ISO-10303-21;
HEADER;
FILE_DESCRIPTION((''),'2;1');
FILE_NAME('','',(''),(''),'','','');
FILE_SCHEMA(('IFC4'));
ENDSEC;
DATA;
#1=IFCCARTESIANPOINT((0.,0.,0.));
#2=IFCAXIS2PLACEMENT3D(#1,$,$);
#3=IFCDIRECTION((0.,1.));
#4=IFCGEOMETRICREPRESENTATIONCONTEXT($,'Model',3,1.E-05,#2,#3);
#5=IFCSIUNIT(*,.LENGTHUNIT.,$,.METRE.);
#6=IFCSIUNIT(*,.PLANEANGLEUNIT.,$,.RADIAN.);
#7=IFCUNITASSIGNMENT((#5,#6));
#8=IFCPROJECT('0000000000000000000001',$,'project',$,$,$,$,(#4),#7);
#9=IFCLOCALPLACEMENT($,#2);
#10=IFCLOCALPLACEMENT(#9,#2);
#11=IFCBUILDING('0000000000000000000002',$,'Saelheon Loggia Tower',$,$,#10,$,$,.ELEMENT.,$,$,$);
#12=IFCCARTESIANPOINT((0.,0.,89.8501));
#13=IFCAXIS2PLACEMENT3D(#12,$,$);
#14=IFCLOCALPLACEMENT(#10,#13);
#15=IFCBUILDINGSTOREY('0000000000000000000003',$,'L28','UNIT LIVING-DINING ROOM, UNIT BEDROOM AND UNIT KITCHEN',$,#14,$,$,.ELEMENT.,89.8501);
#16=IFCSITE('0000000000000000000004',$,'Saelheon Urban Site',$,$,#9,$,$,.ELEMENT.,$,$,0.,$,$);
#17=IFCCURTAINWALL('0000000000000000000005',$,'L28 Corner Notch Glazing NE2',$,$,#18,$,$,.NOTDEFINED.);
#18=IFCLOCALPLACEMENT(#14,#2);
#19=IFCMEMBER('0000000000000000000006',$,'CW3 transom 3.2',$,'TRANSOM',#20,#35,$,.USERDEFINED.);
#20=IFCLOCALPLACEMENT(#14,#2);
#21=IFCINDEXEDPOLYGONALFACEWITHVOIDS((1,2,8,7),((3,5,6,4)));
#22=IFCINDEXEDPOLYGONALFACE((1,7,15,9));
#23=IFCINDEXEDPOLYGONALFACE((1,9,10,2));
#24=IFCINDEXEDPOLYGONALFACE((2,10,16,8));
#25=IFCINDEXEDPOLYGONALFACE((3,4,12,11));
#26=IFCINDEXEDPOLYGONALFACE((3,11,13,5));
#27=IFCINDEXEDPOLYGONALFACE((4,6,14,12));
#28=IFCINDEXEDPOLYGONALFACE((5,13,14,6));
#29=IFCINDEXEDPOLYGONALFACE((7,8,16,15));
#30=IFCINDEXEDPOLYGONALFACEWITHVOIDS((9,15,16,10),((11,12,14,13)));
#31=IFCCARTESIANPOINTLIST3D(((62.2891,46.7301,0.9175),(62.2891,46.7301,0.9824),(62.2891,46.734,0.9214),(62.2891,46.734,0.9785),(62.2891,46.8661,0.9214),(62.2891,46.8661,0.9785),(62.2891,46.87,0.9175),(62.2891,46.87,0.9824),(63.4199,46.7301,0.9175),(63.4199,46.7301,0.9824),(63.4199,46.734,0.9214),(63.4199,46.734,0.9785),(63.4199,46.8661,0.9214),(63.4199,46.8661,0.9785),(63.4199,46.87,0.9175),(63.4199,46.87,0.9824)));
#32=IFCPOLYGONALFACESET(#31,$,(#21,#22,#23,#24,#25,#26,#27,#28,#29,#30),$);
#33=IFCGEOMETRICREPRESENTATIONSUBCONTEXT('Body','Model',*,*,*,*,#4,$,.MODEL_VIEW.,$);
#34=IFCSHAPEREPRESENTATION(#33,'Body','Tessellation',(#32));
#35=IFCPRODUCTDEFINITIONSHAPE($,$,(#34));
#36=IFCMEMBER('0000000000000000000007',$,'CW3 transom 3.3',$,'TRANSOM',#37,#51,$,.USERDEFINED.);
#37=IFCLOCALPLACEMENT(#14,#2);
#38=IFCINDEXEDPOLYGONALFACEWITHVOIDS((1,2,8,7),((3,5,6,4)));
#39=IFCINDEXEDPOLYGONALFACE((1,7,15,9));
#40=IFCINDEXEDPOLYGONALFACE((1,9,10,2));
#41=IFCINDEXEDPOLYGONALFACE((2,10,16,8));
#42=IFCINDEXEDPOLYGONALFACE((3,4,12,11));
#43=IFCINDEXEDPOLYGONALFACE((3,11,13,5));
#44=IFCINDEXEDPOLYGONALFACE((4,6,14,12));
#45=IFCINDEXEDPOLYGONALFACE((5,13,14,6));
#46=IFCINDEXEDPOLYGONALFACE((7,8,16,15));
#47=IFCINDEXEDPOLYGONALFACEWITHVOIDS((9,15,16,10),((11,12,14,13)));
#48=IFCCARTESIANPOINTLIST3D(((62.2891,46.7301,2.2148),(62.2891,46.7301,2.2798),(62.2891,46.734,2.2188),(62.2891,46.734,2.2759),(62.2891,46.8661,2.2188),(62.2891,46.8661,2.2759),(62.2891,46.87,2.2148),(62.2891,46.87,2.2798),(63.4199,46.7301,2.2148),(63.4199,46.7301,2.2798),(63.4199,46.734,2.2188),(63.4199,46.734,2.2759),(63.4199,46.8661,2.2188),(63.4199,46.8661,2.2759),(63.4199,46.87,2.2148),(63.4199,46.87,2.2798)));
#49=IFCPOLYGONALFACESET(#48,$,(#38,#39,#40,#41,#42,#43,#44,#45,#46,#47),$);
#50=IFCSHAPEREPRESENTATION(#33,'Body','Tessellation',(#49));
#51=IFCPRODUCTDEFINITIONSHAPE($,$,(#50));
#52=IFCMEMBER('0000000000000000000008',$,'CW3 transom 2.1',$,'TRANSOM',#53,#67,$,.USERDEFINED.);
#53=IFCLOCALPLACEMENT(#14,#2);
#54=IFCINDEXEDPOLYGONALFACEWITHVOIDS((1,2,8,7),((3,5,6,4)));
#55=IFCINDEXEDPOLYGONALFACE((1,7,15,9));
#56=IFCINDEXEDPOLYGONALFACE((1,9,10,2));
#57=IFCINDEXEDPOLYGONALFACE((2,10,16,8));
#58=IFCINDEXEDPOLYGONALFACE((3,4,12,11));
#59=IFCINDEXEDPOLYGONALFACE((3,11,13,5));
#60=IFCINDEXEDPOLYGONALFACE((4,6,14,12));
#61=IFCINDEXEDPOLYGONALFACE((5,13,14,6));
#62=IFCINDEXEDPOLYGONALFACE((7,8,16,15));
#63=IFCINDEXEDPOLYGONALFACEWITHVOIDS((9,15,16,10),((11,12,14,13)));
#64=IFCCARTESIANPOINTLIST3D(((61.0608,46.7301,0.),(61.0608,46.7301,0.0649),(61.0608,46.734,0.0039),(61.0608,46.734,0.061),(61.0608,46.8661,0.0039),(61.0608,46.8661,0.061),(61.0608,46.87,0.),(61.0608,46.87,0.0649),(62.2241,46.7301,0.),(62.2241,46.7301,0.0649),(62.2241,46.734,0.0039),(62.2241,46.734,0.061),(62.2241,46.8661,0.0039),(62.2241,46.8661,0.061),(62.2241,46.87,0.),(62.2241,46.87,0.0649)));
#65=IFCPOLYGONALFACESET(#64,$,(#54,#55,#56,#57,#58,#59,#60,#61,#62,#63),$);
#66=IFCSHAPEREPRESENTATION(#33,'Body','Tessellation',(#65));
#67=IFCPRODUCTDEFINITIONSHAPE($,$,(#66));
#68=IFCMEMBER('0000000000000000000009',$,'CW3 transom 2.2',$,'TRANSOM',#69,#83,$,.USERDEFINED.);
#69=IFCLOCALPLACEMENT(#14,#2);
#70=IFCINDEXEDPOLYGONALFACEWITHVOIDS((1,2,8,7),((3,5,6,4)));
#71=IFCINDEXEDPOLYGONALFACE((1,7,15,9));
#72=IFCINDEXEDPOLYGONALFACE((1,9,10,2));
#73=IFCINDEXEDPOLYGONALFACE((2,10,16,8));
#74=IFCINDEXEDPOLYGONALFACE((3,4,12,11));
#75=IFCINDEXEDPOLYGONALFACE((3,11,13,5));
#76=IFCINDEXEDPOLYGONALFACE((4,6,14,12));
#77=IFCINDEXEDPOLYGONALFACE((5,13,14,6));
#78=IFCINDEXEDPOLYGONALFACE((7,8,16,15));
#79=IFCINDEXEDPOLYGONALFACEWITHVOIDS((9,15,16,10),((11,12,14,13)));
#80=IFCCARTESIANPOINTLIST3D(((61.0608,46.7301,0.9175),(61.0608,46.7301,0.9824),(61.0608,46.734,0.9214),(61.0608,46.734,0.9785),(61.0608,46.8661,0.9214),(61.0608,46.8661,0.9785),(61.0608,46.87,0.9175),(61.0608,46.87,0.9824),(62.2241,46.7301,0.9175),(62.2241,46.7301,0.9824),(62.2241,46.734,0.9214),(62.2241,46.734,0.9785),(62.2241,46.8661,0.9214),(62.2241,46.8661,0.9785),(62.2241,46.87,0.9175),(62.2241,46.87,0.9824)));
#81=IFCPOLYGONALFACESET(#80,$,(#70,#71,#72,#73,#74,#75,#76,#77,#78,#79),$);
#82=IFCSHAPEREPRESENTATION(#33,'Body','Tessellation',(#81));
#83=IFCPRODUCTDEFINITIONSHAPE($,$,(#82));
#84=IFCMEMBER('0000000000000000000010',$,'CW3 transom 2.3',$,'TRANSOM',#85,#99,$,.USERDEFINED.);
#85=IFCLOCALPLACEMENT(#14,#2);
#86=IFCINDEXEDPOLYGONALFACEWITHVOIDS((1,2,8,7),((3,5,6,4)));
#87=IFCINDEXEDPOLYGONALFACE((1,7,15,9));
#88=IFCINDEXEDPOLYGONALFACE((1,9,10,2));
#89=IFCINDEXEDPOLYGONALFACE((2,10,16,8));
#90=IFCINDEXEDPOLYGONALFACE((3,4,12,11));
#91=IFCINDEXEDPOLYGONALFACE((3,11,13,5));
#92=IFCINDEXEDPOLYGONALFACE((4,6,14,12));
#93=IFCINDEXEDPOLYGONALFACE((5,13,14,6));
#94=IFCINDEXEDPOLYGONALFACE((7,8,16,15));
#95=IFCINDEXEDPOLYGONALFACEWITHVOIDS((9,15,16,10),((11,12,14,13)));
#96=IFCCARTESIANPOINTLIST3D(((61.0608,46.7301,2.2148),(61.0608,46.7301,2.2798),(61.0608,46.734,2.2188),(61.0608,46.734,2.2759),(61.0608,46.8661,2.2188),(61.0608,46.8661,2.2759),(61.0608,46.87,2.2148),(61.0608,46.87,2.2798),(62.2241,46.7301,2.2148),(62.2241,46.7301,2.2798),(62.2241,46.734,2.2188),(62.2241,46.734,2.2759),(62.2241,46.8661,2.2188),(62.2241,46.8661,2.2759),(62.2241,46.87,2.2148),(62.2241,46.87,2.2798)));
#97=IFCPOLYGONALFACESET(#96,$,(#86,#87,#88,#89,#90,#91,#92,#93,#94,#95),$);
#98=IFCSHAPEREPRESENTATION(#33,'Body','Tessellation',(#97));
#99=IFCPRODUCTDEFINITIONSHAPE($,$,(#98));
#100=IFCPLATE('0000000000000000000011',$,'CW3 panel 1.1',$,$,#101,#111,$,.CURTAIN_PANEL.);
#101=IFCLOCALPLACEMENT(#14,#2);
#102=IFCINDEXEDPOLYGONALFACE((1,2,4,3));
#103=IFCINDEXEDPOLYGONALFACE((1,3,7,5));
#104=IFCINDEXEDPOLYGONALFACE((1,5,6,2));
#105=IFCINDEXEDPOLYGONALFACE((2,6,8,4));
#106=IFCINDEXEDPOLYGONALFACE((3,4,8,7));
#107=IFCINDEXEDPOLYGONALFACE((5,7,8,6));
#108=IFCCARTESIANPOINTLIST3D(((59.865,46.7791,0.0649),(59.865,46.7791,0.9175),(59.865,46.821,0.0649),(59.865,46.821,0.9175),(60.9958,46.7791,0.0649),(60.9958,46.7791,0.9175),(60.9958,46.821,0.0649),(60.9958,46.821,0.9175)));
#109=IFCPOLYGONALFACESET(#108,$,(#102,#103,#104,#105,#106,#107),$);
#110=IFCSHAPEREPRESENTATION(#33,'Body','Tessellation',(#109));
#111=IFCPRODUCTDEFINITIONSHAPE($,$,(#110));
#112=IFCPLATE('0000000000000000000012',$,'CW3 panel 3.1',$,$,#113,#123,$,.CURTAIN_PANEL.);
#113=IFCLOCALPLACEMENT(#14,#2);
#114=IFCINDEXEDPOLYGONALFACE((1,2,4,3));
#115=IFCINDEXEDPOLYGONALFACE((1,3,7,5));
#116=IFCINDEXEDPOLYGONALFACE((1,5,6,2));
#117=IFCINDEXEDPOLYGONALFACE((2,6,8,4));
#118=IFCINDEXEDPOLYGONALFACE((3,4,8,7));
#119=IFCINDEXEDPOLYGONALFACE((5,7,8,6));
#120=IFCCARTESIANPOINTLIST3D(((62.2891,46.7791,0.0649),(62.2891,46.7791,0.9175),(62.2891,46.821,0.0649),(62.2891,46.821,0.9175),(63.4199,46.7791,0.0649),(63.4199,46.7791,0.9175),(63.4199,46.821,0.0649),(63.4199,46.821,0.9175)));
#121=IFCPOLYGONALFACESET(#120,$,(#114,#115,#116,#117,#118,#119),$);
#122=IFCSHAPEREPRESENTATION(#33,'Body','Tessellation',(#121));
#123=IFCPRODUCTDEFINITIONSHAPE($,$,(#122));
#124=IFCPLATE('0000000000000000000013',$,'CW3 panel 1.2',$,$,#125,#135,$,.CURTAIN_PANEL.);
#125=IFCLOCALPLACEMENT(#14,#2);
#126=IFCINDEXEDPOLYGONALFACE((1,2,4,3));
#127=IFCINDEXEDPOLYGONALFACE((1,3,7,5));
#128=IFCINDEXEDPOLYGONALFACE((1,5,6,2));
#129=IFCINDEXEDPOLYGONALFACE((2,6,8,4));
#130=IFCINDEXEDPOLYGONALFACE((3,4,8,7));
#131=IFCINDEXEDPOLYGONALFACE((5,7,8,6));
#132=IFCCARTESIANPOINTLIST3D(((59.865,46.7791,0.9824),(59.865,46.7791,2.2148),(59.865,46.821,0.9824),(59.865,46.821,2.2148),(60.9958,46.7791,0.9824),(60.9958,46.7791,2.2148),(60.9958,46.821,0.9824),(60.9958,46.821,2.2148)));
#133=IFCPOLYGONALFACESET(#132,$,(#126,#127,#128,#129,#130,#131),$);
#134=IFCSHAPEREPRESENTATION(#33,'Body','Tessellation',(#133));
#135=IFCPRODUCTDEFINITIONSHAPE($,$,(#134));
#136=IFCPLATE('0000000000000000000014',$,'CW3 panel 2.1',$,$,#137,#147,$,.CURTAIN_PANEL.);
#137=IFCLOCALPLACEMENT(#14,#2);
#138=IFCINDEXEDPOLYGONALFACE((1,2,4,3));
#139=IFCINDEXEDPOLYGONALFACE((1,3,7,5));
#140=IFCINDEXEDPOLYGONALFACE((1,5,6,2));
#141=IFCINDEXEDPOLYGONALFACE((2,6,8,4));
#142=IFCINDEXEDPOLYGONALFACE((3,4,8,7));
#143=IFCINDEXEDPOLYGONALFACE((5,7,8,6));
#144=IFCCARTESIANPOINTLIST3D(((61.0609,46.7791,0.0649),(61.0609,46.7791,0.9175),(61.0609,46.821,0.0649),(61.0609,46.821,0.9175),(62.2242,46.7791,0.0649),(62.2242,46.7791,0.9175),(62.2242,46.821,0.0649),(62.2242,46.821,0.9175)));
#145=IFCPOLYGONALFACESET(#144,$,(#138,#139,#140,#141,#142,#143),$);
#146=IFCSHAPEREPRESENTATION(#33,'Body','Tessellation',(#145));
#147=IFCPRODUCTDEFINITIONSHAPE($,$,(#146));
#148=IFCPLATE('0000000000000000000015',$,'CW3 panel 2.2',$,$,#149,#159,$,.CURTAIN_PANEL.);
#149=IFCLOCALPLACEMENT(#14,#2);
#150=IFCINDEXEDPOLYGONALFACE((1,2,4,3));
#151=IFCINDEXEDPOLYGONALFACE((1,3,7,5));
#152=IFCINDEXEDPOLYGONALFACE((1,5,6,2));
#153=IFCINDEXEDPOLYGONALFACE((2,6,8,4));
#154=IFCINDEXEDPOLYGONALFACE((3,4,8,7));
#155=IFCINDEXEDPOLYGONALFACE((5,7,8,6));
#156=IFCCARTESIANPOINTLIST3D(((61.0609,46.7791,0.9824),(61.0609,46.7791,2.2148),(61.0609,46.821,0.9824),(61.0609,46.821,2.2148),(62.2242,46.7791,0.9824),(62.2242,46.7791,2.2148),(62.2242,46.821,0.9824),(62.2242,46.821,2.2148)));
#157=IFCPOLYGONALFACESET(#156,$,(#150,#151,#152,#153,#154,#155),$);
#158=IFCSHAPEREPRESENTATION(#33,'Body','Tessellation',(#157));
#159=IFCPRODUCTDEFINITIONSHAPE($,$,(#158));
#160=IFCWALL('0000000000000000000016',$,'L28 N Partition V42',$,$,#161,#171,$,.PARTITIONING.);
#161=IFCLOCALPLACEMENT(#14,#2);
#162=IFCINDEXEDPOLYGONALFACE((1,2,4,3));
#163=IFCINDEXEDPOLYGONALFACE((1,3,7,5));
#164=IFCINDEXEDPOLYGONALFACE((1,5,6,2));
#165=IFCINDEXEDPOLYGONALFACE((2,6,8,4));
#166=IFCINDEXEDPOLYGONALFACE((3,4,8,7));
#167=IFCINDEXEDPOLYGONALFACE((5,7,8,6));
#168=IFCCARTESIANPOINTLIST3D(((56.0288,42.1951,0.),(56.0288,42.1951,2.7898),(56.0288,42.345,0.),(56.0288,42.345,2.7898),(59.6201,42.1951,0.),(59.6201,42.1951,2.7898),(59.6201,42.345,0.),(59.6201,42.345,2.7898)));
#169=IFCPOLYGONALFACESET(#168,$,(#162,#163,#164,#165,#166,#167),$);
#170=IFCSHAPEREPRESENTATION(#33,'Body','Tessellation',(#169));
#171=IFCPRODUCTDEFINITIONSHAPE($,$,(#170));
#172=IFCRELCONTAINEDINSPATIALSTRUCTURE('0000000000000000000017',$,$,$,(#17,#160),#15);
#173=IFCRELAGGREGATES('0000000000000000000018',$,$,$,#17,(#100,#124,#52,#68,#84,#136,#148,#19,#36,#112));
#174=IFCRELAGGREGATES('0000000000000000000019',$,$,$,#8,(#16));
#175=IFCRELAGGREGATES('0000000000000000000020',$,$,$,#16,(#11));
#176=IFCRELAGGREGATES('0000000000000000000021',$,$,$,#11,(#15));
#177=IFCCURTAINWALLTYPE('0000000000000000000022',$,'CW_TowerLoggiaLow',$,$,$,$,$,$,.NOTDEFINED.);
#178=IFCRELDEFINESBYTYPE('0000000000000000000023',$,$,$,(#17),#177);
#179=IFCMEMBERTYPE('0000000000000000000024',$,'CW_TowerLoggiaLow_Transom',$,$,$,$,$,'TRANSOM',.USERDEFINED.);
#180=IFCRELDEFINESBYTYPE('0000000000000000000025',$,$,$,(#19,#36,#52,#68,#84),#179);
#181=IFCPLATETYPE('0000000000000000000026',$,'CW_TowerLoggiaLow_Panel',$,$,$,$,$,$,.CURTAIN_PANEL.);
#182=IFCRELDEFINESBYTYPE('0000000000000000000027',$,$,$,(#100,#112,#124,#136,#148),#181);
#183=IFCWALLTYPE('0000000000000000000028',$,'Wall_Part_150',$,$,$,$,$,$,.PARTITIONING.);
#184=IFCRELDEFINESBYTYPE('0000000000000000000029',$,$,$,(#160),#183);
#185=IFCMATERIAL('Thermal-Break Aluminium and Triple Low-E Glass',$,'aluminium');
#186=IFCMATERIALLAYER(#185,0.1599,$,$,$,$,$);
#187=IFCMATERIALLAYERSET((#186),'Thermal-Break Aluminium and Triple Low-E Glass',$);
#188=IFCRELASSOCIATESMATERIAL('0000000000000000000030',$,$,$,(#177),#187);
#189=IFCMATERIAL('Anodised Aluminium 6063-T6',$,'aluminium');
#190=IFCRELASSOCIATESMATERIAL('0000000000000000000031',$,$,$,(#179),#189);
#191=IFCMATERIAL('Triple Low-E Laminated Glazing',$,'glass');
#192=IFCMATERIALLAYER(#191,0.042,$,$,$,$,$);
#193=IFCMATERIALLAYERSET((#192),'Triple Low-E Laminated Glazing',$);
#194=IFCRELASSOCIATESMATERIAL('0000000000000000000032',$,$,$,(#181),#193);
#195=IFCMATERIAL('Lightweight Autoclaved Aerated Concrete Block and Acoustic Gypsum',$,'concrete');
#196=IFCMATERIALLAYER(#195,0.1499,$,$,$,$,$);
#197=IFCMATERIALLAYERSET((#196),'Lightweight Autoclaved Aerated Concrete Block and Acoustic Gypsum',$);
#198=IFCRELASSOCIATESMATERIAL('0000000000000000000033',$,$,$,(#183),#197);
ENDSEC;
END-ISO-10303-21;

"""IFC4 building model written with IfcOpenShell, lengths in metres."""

from ifc_helpers import new_model, si_unit, direction, frame, frame_2d, origin, origin_2d, place, context, subcontext, project, spatial, rectangle, hollow_rectangle, extrude, source, transform, mapped, material, layer, layer_set, material_profile, profile_set, type_object, element, aggregate, save


model = new_model("IFC4")

# Units and contexts
model_context = context("Model", 3, precision=1e-05, world=origin(), true_north=direction((0.0, 1.0)))
body_context = subcontext(model_context, "Body", "Model", "MODEL_VIEW")
ifc_project = project(units=[si_unit("LENGTHUNIT", "METRE"), si_unit("PLANEANGLEUNIT", "RADIAN")], contexts=[model_context])

# Site, building, storey
site_placement = place(None, origin())
site = spatial("IfcSite", under=ifc_project, at=site_placement, Name="Saelheon Urban Site", CompositionType="ELEMENT", RefElevation=0.0)
building_placement = place(site_placement, origin())
building = spatial("IfcBuilding", under=site, at=building_placement, Name="Saelheon Loggia Tower", CompositionType="ELEMENT")
storey_placement = place(building_placement, frame((0.0, 0.0, 89.8501)))
storey = spatial("IfcBuildingStorey", under=building, at=storey_placement, Name="L28", Description="UNIT LIVING-DINING ROOM, UNIT BEDROOM AND UNIT KITCHEN", CompositionType="ELEMENT", Elevation=89.8501)

# Curtain wall, members, plates
ifc_material_1 = material(Name="Thermal-Break Aluminium and Triple Low-E Glass", Category="aluminium")
ifc_layer_1 = layer(ifc_material_1, 0.1599)
ifc_layer_set_1 = layer_set([ifc_layer_1], Name="Thermal-Break Aluminium and Triple Low-E Glass")
curtain_wall_type = type_object("IfcCurtainWallType", Name="CW_TowerLoggiaLow", PredefinedType="NOTDEFINED", material=ifc_layer_set_1)
curtain_wall_placement = place(storey_placement, origin())
curtain_wall = element("IfcCurtainWall", 1, at=curtain_wall_placement, inside=storey, type_object=curtain_wall_type, Name="L28 Corner Notch Glazing NE2", PredefinedType="NOTDEFINED")
ifc_material_2 = material(Name="Anodised Aluminium 6063-T6", Category="aluminium")
ifc_material_profile_1 = material_profile(ifc_material_2, hollow_rectangle(XDim=0.0649, YDim=0.1399, WallThickness=0.0039, at=origin_2d()), Name="RHS-140x65x4")
ifc_profile_set_1 = profile_set([ifc_material_profile_1], Name="Anodised Aluminium 6063-T6")
member_type_1 = type_object("IfcMemberType", Name="CW_TowerLoggiaLow_Transom", ElementType="TRANSOM", PredefinedType="USERDEFINED", material=ifc_profile_set_1)
shared_shape_1 = source(origin(), body_context, "Body", "SweptSolid", [
    extrude(hollow_rectangle(XDim=0.0649, YDim=0.1399, WallThickness=0.0039, at=origin_2d()), origin(), (0.0, 0.0, 1.0), 1.1309),
])
member_1_placement = place(storey_placement, frame((62.2891, 46.8, 0.95), z_axis=(1.0, 0.0, 0.0), x_axis=(0.0, 0.0, 1.0)))
member_1 = element("IfcMember", 2, at=member_1_placement, type_object=member_type_1, Name="CW3 transom 3.2", ObjectType="TRANSOM", PredefinedType="USERDEFINED", context=body_context, shape_type="MappedRepresentation", body=[
    mapped(shared_shape_1, transform((0.0, 0.0, 0.0), scale=1.0)),
])
member_2_placement = place(storey_placement, frame((62.2891, 46.8, 2.2473), z_axis=(1.0, 0.0, 0.0), x_axis=(0.0, 0.0, 1.0)))
member_2 = element("IfcMember", 3, at=member_2_placement, type_object=member_type_1, Name="CW3 transom 3.3", ObjectType="TRANSOM", PredefinedType="USERDEFINED", context=body_context, shape_type="MappedRepresentation", body=[
    mapped(shared_shape_1, transform((0.0, 0.0, 0.0), scale=1.0)),
])
shared_shape_2 = source(origin(), body_context, "Body", "SweptSolid", [
    extrude(hollow_rectangle(XDim=0.0649, YDim=0.1399, WallThickness=0.0039, at=origin_2d()), origin(), (0.0, 0.0, 1.0), 1.1633),
])
member_3_placement = place(storey_placement, frame((61.0608, 46.8, 0.0325), z_axis=(1.0, 0.0, 0.0), x_axis=(0.0, 0.0, 1.0)))
member_3 = element("IfcMember", 4, at=member_3_placement, type_object=member_type_1, Name="CW3 transom 2.1", ObjectType="TRANSOM", PredefinedType="USERDEFINED", context=body_context, shape_type="MappedRepresentation", body=[
    mapped(shared_shape_2, transform((0.0, 0.0, 0.0), scale=1.0)),
])
member_4_placement = place(storey_placement, frame((61.0608, 46.8, 0.95), z_axis=(1.0, 0.0, 0.0), x_axis=(0.0, 0.0, 1.0)))
member_4 = element("IfcMember", 5, at=member_4_placement, type_object=member_type_1, Name="CW3 transom 2.2", ObjectType="TRANSOM", PredefinedType="USERDEFINED", context=body_context, shape_type="MappedRepresentation", body=[
    mapped(shared_shape_2, transform((0.0, 0.0, 0.0), scale=1.0)),
])
member_5_placement = place(storey_placement, frame((61.0608, 46.8, 2.2473), z_axis=(1.0, 0.0, 0.0), x_axis=(0.0, 0.0, 1.0)))
member_5 = element("IfcMember", 6, at=member_5_placement, type_object=member_type_1, Name="CW3 transom 2.3", ObjectType="TRANSOM", PredefinedType="USERDEFINED", context=body_context, shape_type="MappedRepresentation", body=[
    mapped(shared_shape_2, transform((0.0, 0.0, 0.0), scale=1.0)),
])
ifc_material_3 = material(Name="Triple Low-E Laminated Glazing", Category="glass")
ifc_layer_2 = layer(ifc_material_3, 0.042)
ifc_layer_set_2 = layer_set([ifc_layer_2], Name="Triple Low-E Laminated Glazing")
plate_type = type_object("IfcPlateType", Name="CW_TowerLoggiaLow_Panel", PredefinedType="CURTAIN_PANEL", material=ifc_layer_set_2)
shared_shape_3 = source(origin(), body_context, "Body", "SweptSolid", [
    extrude(rectangle(XDim=1.1309, YDim=0.042, at=origin_2d()), origin(), (0.0, 0.0, 1.0), 0.8525),
])
plate_1_placement = place(storey_placement, frame((60.4304, 46.8, 0.0649), z_axis=(0.0, 0.0, 1.0), x_axis=(1.0, 0.0, 0.0)))
plate_1 = element("IfcPlate", 7, at=plate_1_placement, type_object=plate_type, Name="CW3 panel 1.1", PredefinedType="CURTAIN_PANEL", context=body_context, shape_type="MappedRepresentation", body=[
    mapped(shared_shape_3, transform((0.0, 0.0, 0.0), scale=1.0)),
])
plate_2_placement = place(storey_placement, frame((62.8545, 46.8, 0.0649), z_axis=(0.0, 0.0, 1.0), x_axis=(1.0, 0.0, 0.0)))
plate_2 = element("IfcPlate", 8, at=plate_2_placement, type_object=plate_type, Name="CW3 panel 3.1", PredefinedType="CURTAIN_PANEL", context=body_context, shape_type="MappedRepresentation", body=[
    mapped(shared_shape_3, transform((0.0, 0.0, 0.0), scale=1.0)),
])
shared_shape_4 = source(origin(), body_context, "Body", "SweptSolid", [
    extrude(rectangle(XDim=1.1309, YDim=0.042, at=origin_2d()), origin(), (0.0, 0.0, 1.0), 1.2324),
])
plate_3_placement = place(storey_placement, frame((60.4304, 46.8, 0.9824), z_axis=(0.0, 0.0, 1.0), x_axis=(1.0, 0.0, 0.0)))
plate_3 = element("IfcPlate", 9, at=plate_3_placement, type_object=plate_type, Name="CW3 panel 1.2", PredefinedType="CURTAIN_PANEL", context=body_context, shape_type="MappedRepresentation", body=[
    mapped(shared_shape_4, transform((0.0, 0.0, 0.0), scale=1.0)),
])
shared_shape_5 = source(origin(), body_context, "Body", "SweptSolid", [
    extrude(rectangle(XDim=1.1633, YDim=0.042, at=origin_2d()), origin(), (0.0, 0.0, 1.0), 0.8525),
])
plate_4_placement = place(storey_placement, frame((61.6426, 46.8, 0.0649), z_axis=(0.0, 0.0, 1.0), x_axis=(1.0, 0.0, 0.0)))
plate_4 = element("IfcPlate", 10, at=plate_4_placement, type_object=plate_type, Name="CW3 panel 2.1", PredefinedType="CURTAIN_PANEL", context=body_context, shape_type="MappedRepresentation", body=[
    mapped(shared_shape_5, transform((0.0, 0.0, 0.0), scale=1.0)),
])
shared_shape_6 = source(origin(), body_context, "Body", "SweptSolid", [
    extrude(rectangle(XDim=1.1633, YDim=0.042, at=origin_2d()), origin(), (0.0, 0.0, 1.0), 1.2324),
])
plate_5_placement = place(storey_placement, frame((61.6426, 46.8, 0.9824), z_axis=(0.0, 0.0, 1.0), x_axis=(1.0, 0.0, 0.0)))
plate_5 = element("IfcPlate", 11, at=plate_5_placement, type_object=plate_type, Name="CW3 panel 2.2", PredefinedType="CURTAIN_PANEL", context=body_context, shape_type="MappedRepresentation", body=[
    mapped(shared_shape_6, transform((0.0, 0.0, 0.0), scale=1.0)),
])
aggregate(curtain_wall, [plate_1, plate_3, member_3, member_4, member_5, plate_4, plate_5, member_1, member_2, plate_2])

# Wall
ifc_material_4 = material(Name="Lightweight Autoclaved Aerated Concrete Block and Acoustic Gypsum", Category="concrete")
ifc_layer_3 = layer(ifc_material_4, 0.1499)
ifc_layer_set_3 = layer_set([ifc_layer_3], Name="Lightweight Autoclaved Aerated Concrete Block and Acoustic Gypsum")
wall_type_1 = type_object("IfcWallType", Name="Wall_Part_150", PredefinedType="PARTITIONING", material=ifc_layer_set_3)
wall_1_placement = place(storey_placement, frame((56.0288, 42.27, 0.0), z_axis=(0.0, 0.0, 1.0), x_axis=(1.0, 0.0, 0.0)))
element("IfcWall", 12, at=wall_1_placement, inside=storey, type_object=wall_type_1, Name="L28 N Partition V42", PredefinedType="PARTITIONING", context=body_context, shape_type="SweptSolid", body=[
    extrude(rectangle(XDim=3.5913, YDim=0.1499, at=frame_2d((1.7957, 0.0))), origin(), (0.0, 0.0, 1.0), 2.7898),
])

save(model, "model.ifc")
